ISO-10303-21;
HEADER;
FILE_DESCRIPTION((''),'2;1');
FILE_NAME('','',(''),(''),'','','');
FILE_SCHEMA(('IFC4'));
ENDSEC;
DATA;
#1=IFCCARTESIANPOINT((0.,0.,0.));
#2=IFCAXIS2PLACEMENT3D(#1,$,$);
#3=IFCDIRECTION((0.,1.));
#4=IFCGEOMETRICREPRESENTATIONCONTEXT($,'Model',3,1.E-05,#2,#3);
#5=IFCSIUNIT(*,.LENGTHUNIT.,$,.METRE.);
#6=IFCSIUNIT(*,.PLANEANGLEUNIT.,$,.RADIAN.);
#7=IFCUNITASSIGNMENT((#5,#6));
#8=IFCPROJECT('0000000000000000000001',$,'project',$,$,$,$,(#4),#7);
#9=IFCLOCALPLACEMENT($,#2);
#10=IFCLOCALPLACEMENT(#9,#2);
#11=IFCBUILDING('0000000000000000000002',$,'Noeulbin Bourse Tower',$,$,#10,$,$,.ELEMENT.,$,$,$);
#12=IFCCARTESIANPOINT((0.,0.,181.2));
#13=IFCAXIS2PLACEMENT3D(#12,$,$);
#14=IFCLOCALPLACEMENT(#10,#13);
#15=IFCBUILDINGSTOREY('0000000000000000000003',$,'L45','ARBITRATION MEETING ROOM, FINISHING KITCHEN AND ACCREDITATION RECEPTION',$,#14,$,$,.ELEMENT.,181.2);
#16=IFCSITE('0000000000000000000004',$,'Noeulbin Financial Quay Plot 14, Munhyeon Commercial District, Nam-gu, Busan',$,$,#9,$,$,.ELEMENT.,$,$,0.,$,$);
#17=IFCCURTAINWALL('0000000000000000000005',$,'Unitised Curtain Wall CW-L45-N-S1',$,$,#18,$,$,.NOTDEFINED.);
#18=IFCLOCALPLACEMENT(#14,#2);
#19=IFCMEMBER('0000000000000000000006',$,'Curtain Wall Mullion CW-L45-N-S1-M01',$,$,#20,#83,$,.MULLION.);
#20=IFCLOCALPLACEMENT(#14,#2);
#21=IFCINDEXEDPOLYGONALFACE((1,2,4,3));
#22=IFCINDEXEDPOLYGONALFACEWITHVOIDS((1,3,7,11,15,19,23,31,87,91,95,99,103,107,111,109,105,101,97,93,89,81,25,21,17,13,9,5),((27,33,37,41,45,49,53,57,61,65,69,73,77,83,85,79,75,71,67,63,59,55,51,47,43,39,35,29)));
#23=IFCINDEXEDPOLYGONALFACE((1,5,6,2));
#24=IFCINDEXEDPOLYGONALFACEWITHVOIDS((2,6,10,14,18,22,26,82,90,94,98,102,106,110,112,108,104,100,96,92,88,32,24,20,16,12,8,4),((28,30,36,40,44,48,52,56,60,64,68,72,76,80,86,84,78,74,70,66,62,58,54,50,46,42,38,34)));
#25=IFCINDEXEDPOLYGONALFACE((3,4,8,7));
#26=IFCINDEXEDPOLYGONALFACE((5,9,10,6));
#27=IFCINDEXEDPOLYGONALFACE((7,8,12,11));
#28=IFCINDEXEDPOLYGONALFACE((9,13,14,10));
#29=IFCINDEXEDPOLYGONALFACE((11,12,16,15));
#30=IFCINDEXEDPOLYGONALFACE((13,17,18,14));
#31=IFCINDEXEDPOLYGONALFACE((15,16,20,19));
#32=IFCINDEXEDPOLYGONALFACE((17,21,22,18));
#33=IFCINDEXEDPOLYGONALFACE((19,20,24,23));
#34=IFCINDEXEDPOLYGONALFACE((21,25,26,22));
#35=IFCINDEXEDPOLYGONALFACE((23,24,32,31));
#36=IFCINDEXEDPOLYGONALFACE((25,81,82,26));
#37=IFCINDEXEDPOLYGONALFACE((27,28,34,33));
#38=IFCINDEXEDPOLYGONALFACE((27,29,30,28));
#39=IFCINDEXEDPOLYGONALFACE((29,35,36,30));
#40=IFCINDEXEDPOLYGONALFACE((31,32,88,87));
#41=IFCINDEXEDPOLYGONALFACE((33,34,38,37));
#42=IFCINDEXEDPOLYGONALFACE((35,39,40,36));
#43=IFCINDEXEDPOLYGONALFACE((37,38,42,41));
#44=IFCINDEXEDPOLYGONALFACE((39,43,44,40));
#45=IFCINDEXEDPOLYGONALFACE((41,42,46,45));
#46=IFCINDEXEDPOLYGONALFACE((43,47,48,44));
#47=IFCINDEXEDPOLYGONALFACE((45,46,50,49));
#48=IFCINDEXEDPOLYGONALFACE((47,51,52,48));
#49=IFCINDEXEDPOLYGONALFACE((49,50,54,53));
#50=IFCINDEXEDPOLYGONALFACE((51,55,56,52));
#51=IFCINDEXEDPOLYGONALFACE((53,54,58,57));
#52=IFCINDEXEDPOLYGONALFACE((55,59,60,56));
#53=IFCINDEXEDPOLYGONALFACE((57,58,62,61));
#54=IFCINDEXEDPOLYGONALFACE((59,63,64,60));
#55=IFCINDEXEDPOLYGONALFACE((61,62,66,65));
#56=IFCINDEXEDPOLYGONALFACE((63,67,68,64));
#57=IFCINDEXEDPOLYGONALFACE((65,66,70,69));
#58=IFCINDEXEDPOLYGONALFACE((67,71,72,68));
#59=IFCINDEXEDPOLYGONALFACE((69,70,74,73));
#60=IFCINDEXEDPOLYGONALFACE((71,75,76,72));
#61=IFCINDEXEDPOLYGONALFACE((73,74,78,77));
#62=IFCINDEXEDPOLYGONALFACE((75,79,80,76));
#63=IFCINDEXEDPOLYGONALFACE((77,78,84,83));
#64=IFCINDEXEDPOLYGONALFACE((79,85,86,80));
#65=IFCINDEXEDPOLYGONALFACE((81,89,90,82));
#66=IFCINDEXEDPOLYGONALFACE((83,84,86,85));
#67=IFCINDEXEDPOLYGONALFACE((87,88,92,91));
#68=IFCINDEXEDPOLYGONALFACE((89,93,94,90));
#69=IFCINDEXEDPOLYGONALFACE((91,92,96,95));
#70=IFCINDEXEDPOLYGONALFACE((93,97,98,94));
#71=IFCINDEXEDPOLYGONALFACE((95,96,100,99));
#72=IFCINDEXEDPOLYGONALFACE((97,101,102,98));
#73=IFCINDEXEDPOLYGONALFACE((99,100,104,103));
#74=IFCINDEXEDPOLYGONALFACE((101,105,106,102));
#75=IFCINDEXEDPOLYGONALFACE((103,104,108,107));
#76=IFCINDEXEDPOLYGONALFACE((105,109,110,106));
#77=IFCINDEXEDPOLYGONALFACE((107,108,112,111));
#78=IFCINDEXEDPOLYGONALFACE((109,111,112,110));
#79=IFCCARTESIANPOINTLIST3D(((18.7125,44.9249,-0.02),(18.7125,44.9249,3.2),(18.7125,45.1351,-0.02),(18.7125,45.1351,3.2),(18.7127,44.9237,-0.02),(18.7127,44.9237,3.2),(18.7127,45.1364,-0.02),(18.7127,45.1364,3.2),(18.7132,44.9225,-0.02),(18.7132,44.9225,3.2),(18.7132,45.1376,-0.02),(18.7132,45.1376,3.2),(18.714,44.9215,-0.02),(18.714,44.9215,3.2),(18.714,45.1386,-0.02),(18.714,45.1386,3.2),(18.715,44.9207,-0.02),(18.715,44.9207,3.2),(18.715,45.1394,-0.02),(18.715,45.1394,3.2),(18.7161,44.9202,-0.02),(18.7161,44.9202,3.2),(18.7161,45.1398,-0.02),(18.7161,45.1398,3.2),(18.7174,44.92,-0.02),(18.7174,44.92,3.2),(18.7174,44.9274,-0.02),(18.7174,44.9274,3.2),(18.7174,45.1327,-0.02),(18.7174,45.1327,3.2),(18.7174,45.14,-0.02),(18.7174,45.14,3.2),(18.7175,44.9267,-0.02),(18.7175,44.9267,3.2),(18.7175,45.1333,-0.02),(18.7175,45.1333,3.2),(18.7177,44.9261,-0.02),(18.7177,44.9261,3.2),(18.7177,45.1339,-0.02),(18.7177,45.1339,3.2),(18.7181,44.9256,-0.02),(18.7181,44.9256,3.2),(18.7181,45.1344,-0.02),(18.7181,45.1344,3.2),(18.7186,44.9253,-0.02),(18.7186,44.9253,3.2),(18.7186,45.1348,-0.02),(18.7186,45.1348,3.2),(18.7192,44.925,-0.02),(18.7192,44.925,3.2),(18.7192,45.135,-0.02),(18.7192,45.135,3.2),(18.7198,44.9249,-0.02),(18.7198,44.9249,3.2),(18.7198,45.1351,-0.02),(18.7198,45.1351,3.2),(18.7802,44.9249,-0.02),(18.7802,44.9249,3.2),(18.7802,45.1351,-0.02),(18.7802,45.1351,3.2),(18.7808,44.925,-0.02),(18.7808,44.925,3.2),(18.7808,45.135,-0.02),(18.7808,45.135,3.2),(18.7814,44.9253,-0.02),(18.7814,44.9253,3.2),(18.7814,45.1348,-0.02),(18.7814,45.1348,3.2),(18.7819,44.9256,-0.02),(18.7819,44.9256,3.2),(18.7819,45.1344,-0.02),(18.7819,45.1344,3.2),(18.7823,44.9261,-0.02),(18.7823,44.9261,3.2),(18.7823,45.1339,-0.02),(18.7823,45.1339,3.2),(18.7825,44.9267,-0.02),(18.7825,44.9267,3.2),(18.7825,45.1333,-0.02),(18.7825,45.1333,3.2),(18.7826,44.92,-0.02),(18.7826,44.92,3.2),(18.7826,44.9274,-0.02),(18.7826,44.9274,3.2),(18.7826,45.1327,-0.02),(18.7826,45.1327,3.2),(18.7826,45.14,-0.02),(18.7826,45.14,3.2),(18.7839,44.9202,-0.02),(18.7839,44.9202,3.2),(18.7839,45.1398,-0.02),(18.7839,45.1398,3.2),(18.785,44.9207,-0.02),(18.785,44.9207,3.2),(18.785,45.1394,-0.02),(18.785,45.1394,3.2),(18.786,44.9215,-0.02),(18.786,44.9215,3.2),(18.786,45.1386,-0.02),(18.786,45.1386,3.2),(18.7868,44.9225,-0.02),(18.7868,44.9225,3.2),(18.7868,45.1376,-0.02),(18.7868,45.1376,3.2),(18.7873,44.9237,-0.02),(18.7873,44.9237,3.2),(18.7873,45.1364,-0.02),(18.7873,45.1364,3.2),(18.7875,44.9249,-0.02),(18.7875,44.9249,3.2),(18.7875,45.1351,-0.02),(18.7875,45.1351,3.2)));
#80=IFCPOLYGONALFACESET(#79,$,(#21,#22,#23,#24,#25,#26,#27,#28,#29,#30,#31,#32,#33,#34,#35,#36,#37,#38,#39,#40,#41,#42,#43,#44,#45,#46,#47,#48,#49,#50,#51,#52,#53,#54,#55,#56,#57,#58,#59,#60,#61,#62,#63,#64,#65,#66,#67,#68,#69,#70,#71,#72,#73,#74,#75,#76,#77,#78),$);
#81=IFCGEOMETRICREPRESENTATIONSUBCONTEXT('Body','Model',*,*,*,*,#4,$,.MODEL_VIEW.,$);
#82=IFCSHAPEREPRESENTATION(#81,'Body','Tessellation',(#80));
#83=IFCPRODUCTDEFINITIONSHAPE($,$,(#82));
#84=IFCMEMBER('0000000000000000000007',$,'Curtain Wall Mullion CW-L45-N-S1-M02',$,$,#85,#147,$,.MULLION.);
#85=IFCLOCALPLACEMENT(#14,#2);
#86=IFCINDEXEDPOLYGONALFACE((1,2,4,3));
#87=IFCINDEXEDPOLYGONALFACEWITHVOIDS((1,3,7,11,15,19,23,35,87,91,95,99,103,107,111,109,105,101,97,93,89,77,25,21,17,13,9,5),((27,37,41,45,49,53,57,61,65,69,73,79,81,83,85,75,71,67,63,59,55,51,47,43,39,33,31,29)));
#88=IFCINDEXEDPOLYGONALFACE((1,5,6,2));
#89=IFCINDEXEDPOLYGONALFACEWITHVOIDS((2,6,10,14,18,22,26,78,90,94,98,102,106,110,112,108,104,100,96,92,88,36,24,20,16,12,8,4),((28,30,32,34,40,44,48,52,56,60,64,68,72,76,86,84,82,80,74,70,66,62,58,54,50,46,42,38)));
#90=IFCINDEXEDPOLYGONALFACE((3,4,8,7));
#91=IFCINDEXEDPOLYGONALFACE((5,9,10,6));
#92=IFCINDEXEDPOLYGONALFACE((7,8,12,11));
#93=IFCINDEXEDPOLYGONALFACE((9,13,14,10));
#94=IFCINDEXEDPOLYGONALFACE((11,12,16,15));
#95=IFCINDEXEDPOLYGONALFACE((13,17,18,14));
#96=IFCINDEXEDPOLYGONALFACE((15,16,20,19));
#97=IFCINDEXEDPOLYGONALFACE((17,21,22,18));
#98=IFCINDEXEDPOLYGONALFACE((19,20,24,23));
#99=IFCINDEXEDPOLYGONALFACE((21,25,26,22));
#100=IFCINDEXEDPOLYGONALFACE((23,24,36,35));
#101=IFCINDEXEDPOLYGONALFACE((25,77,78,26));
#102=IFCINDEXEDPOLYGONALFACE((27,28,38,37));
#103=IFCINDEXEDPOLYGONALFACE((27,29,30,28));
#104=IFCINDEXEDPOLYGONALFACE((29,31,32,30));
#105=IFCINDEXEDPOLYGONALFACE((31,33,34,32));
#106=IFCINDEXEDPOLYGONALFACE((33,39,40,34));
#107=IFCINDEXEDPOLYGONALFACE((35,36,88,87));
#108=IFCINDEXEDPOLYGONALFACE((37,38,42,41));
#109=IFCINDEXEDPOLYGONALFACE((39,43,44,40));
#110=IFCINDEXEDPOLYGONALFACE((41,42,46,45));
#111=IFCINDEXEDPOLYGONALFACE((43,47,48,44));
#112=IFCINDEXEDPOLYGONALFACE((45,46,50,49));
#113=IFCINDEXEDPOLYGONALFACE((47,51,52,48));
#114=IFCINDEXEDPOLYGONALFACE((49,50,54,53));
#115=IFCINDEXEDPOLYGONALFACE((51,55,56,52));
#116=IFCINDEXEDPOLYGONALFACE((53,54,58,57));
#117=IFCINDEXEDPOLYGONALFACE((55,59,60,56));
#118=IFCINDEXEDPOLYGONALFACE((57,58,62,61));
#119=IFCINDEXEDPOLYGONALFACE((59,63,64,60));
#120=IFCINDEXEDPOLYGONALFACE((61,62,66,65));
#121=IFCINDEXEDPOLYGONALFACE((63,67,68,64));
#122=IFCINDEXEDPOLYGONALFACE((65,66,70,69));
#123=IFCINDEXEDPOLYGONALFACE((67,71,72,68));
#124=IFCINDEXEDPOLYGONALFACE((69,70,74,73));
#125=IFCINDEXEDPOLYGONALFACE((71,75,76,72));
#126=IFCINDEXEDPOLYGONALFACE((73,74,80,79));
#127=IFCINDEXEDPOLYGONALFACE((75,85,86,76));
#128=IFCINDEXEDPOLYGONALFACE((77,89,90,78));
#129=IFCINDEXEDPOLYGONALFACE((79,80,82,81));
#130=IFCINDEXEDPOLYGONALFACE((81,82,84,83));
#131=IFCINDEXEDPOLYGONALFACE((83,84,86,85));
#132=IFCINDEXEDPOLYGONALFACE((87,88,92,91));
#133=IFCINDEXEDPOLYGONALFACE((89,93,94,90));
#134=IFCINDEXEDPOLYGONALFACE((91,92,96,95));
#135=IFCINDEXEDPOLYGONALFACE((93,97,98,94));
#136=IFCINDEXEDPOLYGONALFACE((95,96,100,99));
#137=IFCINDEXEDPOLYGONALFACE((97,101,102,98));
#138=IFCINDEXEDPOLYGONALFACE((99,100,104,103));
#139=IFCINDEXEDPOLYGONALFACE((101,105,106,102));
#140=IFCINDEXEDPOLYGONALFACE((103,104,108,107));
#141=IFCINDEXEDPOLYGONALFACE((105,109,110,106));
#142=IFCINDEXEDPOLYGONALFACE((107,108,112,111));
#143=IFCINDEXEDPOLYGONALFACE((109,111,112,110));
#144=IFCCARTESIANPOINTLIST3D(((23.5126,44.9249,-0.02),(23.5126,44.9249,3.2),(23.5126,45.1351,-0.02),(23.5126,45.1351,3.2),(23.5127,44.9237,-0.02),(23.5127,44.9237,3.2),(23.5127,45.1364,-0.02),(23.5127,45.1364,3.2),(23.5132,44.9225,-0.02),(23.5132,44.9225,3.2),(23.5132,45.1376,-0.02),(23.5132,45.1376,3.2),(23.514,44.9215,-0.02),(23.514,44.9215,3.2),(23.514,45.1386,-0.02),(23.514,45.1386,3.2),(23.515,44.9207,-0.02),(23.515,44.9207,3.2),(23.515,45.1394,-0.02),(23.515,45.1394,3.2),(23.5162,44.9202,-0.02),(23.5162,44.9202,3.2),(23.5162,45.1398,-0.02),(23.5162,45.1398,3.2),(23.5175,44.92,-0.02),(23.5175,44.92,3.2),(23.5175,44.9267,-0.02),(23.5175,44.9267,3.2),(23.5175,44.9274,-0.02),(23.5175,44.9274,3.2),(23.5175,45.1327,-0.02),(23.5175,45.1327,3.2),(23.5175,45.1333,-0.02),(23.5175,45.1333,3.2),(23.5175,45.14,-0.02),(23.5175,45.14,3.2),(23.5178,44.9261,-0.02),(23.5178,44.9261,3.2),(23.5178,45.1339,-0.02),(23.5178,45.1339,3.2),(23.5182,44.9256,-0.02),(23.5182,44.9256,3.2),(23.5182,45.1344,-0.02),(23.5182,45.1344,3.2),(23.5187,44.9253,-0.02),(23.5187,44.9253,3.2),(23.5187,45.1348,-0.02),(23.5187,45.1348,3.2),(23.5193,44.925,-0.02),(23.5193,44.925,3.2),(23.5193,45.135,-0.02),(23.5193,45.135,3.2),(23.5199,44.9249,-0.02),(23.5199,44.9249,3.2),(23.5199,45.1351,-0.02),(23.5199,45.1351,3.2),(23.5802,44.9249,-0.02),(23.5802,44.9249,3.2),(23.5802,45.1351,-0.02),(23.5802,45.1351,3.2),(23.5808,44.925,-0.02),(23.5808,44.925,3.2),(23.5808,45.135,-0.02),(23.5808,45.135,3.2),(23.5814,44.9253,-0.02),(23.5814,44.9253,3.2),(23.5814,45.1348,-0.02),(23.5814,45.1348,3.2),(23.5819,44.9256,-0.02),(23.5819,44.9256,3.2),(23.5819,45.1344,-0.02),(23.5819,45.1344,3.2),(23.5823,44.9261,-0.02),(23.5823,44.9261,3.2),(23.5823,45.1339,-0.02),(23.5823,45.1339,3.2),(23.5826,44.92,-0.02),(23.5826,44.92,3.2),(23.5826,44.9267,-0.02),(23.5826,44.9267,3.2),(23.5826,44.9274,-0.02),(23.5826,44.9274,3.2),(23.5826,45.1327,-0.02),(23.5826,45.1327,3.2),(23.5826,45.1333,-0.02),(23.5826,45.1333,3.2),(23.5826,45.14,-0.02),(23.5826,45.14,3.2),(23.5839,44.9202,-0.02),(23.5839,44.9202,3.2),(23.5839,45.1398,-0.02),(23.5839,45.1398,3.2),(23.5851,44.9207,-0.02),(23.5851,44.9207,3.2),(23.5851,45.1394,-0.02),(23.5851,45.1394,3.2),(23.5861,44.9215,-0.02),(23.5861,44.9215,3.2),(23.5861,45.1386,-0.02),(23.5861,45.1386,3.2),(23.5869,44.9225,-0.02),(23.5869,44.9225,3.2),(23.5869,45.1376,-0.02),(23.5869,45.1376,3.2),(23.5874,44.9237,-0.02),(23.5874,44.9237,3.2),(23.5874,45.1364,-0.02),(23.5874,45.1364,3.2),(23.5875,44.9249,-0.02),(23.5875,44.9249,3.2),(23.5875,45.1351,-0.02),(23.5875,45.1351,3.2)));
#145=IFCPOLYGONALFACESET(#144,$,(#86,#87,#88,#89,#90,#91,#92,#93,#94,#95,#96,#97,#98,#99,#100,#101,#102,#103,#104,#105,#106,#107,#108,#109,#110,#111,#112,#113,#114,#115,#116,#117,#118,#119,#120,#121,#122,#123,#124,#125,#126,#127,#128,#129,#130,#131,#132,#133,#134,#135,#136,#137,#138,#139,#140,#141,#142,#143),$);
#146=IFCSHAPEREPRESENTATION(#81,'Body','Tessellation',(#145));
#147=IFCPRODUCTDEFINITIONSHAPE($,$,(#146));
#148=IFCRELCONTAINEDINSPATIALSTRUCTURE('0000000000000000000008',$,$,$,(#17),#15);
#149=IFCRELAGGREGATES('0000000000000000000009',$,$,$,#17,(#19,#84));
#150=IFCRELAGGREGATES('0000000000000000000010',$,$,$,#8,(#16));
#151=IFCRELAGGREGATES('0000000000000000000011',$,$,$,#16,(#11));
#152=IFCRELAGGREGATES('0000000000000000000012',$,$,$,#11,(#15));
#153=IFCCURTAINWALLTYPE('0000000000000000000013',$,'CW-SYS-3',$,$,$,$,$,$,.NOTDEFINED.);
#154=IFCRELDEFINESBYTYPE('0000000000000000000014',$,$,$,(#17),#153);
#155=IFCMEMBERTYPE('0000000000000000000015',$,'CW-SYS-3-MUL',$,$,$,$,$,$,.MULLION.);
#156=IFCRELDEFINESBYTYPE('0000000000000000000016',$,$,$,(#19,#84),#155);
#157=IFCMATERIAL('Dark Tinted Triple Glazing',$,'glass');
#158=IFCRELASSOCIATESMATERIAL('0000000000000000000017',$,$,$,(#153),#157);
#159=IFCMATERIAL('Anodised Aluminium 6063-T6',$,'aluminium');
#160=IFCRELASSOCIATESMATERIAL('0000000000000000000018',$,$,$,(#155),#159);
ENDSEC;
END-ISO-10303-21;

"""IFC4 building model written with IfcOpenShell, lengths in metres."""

from ifc_helpers import new_model, si_unit, direction, frame, origin, origin_2d, place, context, subcontext, project, spatial, hollow_rectangle, extrude, material, material_profile, profile_set, type_object, element, aggregate, save


model = new_model("IFC4")

# Units and contexts
model_context = context("Model", 3, precision=1e-05, world=origin(), true_north=direction((0.0, 1.0)))
body_context = subcontext(model_context, "Body", "Model", "MODEL_VIEW")
ifc_project = project(units=[si_unit("LENGTHUNIT", "METRE"), si_unit("PLANEANGLEUNIT", "RADIAN")], contexts=[model_context])

# Site, building, storey
site_placement = place(None, origin())
site = spatial("IfcSite", under=ifc_project, at=site_placement, Name="Noeulbin Financial Quay Plot 14, Munhyeon Commercial District, Nam-gu, Busan", CompositionType="ELEMENT", RefElevation=0.0)
building_placement = place(site_placement, origin())
building = spatial("IfcBuilding", under=site, at=building_placement, Name="Noeulbin Bourse Tower", CompositionType="ELEMENT")
storey_placement = place(building_placement, frame((0.0, 0.0, 181.2)))
storey = spatial("IfcBuildingStorey", under=building, at=storey_placement, Name="L45", Description="ARBITRATION MEETING ROOM, FINISHING KITCHEN AND ACCREDITATION RECEPTION", CompositionType="ELEMENT", Elevation=181.2)

# Curtain wall, members
ifc_material_1 = material(Name="Dark Tinted Triple Glazing", Category="glass")
curtain_wall_type = type_object("IfcCurtainWallType", Name="CW-SYS-3", PredefinedType="NOTDEFINED", material=ifc_material_1)
curtain_wall_1_placement = place(storey_placement, origin())
curtain_wall_1 = element("IfcCurtainWall", 1, at=curtain_wall_1_placement, inside=storey, type_object=curtain_wall_type, Name="Unitised Curtain Wall CW-L45-N-S1", PredefinedType="NOTDEFINED")
ifc_material_2 = material(Name="Anodised Aluminium 6063-T6", Category="aluminium")
ifc_material_profile_1 = material_profile(ifc_material_2, hollow_rectangle(XDim=0.075, YDim=0.22, WallThickness=0.0049, InnerFilletRadius=0.0024, OuterFilletRadius=0.0049, at=origin_2d()), Name="ALU-MULL-75x220x5", Category="LoadBearing")
ifc_profile_set_1 = profile_set([ifc_material_profile_1], Name="Anodised Aluminium 6063-T6")
member_type_1 = type_object("IfcMemberType", Name="CW-SYS-3-MUL", PredefinedType="MULLION", material=ifc_profile_set_1)
member_1_placement = place(storey_placement, frame((18.75, 45.03, -0.02), z_axis=(0.0, 0.0, 1.0), x_axis=(1.0, 0.0, 0.0)))
member_1 = element("IfcMember", 2, at=member_1_placement, type_object=member_type_1, Name="Curtain Wall Mullion CW-L45-N-S1-M01", PredefinedType="MULLION", context=body_context, shape_type="SweptSolid", body=[
    extrude(hollow_rectangle(XDim=0.075, YDim=0.22, WallThickness=0.0049, InnerFilletRadius=0.0024, OuterFilletRadius=0.0049, at=origin_2d()), origin(), (0.0, 0.0, 1.0), 3.22),
])
member_2_placement = place(storey_placement, frame((23.55, 45.03, -0.02), z_axis=(0.0, 0.0, 1.0), x_axis=(1.0, 0.0, 0.0)))
member_2 = element("IfcMember", 3, at=member_2_placement, type_object=member_type_1, Name="Curtain Wall Mullion CW-L45-N-S1-M02", PredefinedType="MULLION", context=body_context, shape_type="SweptSolid", body=[
    extrude(hollow_rectangle(XDim=0.075, YDim=0.22, WallThickness=0.0049, InnerFilletRadius=0.0024, OuterFilletRadius=0.0049, at=origin_2d()), origin(), (0.0, 0.0, 1.0), 3.22),
])

aggregate(curtain_wall_1, [member_1, member_2])

save(model, "model.ifc")
